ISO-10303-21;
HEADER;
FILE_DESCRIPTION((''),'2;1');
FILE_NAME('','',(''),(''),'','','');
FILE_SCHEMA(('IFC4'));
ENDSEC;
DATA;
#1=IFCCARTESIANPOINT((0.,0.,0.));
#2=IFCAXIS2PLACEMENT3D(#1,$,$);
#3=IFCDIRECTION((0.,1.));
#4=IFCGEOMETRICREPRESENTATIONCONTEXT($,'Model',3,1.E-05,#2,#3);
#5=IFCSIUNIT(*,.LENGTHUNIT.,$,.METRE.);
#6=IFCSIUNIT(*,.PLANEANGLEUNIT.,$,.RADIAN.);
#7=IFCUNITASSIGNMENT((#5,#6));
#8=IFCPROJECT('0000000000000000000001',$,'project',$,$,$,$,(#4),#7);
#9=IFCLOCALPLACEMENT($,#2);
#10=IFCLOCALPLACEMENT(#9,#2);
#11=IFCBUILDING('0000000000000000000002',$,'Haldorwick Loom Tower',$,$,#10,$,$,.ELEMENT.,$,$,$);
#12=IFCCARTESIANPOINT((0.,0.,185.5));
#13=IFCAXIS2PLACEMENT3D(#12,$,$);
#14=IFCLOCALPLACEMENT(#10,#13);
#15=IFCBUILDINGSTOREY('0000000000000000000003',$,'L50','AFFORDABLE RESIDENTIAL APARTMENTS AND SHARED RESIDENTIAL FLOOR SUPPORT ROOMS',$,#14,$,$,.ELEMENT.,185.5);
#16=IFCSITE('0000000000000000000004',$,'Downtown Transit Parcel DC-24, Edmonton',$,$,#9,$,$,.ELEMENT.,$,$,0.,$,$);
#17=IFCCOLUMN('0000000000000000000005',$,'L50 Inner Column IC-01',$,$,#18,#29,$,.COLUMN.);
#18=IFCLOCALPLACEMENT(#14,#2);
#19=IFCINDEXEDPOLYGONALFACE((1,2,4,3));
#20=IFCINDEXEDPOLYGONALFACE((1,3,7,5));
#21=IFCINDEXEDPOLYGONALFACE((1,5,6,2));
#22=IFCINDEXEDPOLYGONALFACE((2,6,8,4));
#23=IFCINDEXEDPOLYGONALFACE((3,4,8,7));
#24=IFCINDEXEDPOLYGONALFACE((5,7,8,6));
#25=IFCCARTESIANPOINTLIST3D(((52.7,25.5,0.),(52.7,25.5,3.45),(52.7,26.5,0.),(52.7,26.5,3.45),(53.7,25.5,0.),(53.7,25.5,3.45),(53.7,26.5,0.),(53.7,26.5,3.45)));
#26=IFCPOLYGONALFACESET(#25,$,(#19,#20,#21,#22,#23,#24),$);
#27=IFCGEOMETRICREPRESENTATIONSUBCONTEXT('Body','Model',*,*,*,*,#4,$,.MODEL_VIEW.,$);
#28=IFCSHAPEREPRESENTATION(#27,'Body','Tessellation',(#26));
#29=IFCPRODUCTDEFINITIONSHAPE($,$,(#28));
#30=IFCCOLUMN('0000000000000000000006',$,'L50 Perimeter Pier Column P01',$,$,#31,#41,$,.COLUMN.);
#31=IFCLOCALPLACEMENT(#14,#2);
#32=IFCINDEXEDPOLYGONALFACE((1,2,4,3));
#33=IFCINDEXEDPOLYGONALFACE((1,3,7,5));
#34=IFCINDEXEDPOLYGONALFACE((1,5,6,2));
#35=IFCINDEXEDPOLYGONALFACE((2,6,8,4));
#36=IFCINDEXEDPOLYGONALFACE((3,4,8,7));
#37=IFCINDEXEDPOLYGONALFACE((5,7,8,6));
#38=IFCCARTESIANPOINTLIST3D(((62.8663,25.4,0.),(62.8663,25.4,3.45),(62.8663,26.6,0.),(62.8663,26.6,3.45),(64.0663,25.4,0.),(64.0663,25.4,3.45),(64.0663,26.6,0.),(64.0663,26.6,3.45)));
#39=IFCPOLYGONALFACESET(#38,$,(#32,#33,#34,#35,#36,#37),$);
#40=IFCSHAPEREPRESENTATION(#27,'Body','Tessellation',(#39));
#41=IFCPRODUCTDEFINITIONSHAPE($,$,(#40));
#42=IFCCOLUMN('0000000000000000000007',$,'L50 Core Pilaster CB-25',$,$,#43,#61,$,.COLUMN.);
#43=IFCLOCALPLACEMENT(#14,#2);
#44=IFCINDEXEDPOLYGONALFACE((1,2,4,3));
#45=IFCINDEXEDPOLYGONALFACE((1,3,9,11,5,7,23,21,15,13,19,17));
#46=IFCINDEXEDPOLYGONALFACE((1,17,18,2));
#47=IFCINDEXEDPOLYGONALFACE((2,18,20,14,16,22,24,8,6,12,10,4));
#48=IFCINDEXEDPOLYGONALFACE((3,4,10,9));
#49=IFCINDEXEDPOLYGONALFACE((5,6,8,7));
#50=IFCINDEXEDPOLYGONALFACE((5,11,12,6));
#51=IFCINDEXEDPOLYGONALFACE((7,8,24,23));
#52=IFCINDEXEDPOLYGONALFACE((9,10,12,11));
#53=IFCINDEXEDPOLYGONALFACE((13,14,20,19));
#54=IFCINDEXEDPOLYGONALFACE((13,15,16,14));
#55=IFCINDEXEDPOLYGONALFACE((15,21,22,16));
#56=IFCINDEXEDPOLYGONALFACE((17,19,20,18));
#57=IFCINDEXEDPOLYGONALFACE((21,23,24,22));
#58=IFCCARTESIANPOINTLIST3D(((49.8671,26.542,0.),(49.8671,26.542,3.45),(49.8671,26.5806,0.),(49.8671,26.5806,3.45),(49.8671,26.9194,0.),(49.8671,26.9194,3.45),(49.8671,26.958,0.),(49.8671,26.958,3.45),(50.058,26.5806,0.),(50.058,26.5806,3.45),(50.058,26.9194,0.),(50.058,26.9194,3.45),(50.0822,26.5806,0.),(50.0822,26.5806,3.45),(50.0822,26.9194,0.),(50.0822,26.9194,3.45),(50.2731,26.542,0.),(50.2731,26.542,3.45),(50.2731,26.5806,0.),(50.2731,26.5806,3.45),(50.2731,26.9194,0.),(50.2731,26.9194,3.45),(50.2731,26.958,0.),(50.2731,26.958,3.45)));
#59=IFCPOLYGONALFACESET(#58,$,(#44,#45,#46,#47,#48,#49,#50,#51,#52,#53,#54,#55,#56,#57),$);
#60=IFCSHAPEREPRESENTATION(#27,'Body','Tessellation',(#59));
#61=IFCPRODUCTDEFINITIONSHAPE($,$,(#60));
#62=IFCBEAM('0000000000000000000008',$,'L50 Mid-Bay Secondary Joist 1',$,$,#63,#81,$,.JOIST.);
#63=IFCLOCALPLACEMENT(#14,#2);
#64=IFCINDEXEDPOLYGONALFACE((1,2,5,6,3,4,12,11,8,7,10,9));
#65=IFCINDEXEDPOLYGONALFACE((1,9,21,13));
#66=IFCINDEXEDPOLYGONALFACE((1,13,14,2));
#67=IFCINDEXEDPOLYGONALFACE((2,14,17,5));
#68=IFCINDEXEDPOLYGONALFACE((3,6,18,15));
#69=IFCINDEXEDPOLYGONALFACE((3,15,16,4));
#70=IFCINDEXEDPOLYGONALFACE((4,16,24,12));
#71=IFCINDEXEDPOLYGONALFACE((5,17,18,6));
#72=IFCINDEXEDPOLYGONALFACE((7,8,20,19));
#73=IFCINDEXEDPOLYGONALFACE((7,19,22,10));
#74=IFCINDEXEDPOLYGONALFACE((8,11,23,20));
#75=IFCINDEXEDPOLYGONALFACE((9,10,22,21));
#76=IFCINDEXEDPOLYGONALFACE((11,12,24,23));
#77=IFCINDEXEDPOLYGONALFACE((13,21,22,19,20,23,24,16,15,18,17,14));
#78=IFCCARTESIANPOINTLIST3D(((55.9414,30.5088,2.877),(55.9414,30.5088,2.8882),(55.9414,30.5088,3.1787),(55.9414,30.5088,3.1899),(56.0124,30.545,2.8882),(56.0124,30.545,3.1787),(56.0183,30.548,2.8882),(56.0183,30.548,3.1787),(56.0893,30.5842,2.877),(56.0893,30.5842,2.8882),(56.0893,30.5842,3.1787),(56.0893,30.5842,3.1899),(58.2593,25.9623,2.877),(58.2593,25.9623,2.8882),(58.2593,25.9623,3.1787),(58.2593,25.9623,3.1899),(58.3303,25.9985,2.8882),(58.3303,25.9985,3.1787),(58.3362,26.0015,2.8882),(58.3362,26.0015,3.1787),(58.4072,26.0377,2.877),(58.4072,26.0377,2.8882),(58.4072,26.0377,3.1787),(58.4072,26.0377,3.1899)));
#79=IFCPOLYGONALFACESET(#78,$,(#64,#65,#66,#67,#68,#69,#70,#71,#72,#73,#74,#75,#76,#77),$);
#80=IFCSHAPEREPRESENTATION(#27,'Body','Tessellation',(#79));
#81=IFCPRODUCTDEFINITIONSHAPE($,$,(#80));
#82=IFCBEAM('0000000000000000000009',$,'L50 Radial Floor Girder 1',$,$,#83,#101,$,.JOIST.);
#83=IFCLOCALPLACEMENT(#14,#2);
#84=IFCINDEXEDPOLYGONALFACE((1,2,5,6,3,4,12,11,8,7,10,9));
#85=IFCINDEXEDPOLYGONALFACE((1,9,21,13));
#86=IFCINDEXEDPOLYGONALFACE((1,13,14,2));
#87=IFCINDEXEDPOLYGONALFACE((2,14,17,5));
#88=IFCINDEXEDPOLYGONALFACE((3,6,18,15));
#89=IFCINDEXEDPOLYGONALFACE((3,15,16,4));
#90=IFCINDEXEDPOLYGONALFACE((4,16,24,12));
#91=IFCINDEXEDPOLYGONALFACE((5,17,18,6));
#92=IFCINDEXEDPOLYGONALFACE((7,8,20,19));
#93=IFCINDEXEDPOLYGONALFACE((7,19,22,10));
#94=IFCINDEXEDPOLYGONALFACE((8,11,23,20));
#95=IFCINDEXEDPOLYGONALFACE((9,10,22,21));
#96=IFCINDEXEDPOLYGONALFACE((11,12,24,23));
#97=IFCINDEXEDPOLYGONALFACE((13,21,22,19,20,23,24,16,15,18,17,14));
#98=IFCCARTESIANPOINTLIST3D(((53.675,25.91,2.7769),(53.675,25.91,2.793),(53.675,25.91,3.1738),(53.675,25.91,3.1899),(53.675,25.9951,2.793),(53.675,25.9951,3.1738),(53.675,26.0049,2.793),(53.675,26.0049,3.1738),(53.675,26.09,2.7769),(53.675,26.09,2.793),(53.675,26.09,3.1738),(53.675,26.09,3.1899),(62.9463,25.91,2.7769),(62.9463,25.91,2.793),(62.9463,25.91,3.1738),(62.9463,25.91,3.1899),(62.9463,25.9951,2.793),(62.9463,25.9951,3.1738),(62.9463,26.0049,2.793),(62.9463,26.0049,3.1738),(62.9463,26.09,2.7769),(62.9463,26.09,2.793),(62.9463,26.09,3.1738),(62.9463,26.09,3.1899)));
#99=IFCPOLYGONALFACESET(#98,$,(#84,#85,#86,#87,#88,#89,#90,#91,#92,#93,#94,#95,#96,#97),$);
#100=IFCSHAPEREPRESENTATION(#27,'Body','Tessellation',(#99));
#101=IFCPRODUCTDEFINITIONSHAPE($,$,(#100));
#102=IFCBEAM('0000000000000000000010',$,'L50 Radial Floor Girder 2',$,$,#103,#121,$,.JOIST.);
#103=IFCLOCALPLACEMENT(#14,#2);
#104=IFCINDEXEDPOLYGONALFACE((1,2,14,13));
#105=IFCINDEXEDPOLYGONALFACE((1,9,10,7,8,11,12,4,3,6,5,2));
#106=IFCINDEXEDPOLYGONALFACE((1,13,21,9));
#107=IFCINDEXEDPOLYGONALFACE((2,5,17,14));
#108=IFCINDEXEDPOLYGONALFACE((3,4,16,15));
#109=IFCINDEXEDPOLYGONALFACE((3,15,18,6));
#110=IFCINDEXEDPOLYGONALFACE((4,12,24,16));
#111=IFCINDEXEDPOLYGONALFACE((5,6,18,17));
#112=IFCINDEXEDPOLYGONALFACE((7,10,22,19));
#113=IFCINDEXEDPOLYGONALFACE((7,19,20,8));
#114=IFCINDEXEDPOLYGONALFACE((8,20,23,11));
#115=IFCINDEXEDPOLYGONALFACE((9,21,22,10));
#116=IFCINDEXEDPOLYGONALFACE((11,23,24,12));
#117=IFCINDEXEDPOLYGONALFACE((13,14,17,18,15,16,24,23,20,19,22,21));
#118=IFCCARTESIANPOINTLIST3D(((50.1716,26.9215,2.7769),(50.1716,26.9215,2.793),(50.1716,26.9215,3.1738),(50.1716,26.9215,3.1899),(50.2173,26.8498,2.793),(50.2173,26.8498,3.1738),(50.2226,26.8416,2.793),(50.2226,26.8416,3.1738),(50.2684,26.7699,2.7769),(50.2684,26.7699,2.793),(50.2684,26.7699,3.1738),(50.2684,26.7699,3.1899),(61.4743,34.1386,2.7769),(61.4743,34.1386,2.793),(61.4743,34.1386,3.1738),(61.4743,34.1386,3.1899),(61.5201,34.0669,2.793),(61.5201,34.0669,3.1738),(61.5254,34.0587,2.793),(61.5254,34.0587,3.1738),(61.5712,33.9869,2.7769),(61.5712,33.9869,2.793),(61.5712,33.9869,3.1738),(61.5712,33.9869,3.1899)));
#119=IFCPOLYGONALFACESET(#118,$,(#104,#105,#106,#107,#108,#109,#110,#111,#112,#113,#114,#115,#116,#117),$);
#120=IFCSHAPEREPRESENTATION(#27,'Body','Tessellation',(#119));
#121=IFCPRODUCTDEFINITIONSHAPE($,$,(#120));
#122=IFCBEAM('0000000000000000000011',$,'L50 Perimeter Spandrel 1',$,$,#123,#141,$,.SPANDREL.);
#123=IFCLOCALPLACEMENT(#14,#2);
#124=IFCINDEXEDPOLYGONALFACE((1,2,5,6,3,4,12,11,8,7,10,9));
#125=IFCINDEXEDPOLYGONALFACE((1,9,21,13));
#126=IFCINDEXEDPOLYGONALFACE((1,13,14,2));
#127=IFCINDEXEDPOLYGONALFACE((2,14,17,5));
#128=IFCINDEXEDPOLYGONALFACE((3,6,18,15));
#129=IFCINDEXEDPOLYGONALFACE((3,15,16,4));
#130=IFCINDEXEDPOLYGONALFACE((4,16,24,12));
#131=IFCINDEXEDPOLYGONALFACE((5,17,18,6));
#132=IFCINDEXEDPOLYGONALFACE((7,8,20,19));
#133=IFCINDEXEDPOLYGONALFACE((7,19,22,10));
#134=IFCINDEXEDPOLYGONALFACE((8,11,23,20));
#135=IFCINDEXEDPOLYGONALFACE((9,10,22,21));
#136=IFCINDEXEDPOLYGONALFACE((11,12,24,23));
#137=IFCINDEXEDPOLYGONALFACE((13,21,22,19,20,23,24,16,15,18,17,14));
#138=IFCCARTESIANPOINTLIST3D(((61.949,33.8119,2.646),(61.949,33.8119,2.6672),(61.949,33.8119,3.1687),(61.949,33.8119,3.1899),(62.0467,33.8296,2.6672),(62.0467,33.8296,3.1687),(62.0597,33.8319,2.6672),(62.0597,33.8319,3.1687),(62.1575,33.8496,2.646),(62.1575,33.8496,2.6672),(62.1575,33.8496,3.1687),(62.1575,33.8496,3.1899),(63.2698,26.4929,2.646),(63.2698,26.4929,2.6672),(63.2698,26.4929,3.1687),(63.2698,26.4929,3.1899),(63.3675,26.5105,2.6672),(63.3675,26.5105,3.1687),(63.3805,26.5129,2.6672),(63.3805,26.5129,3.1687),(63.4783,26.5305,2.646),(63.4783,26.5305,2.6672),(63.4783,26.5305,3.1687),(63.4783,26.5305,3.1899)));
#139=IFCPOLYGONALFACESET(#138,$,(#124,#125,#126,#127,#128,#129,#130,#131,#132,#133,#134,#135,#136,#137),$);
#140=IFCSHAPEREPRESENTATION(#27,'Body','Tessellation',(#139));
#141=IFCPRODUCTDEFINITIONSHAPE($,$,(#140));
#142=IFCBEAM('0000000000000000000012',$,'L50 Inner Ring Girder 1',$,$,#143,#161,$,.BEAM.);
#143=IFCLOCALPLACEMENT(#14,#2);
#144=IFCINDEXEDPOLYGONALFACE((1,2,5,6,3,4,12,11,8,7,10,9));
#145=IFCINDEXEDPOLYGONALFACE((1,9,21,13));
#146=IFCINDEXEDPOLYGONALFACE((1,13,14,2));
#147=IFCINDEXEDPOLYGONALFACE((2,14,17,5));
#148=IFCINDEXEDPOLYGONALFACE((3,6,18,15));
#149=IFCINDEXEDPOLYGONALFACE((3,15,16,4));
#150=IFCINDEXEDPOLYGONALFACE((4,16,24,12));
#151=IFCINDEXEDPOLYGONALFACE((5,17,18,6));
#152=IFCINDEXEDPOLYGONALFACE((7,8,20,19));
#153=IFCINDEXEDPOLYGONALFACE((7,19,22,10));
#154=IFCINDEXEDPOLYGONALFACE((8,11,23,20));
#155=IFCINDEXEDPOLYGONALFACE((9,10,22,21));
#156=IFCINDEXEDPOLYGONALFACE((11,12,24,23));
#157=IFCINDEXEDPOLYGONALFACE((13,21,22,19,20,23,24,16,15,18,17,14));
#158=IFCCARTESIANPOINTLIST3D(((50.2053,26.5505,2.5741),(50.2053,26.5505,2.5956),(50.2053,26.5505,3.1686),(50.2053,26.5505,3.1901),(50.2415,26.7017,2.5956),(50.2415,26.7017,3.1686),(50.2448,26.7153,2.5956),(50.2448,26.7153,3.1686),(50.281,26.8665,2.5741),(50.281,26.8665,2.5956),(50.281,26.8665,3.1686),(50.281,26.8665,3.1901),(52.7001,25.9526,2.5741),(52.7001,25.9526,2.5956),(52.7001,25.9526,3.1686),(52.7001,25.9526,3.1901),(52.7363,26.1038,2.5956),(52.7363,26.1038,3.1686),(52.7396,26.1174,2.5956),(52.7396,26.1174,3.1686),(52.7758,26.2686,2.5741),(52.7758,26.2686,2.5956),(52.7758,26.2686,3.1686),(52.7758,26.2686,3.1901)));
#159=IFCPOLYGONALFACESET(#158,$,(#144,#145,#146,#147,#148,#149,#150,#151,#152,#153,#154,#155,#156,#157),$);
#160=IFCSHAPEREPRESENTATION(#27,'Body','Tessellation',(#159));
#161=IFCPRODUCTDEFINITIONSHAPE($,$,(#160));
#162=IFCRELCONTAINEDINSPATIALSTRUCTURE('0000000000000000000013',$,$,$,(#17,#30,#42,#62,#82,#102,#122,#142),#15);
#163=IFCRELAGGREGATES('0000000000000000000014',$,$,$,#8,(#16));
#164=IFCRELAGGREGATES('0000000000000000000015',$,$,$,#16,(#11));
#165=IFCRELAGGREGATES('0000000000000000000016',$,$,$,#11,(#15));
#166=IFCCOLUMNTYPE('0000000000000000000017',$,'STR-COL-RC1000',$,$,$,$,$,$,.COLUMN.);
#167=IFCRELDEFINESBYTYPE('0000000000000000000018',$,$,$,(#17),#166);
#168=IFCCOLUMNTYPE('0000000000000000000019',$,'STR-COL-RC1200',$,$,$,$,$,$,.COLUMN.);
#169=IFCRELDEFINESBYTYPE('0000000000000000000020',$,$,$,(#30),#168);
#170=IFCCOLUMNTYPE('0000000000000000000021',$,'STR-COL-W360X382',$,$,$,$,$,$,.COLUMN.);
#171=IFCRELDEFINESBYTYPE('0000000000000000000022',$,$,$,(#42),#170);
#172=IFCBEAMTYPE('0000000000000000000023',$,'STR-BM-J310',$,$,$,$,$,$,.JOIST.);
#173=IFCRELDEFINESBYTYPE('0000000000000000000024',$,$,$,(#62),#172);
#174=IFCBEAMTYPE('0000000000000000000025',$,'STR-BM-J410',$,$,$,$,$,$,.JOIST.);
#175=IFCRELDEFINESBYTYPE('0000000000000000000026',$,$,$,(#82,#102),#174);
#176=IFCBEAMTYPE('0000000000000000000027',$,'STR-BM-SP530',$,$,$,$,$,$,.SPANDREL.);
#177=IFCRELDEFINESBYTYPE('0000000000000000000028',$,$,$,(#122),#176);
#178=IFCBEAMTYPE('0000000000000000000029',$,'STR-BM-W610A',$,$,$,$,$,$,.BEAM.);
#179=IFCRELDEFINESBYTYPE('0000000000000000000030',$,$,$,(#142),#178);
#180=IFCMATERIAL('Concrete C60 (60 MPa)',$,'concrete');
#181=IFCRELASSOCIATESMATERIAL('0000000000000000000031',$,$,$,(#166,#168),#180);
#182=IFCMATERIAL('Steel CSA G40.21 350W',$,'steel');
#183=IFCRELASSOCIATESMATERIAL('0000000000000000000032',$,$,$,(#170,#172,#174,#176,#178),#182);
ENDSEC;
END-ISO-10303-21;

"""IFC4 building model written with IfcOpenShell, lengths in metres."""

from ifc_helpers import new_model, si_unit, direction, frame, origin, origin_2d, place, context, subcontext, project, spatial, rectangle, i_section, extrude, material, material_profile, profile_set, type_object, element, save


model = new_model("IFC4")

# Units and contexts
model_context = context("Model", 3, precision=1e-05, world=origin(), true_north=direction((0.0, 1.0)))
body_context = subcontext(model_context, "Body", "Model", "MODEL_VIEW")
ifc_project = project(units=[si_unit("LENGTHUNIT", "METRE"), si_unit("PLANEANGLEUNIT", "RADIAN")], contexts=[model_context])

# Site, building, storey
site_placement = place(None, origin())
site = spatial("IfcSite", under=ifc_project, at=site_placement, Name="Downtown Transit Parcel DC-24, Edmonton", CompositionType="ELEMENT", RefElevation=0.0)
building_placement = place(site_placement, origin())
building = spatial("IfcBuilding", under=site, at=building_placement, Name="Haldorwick Loom Tower", CompositionType="ELEMENT")
storey_placement = place(building_placement, frame((0.0, 0.0, 185.5)))
storey = spatial("IfcBuildingStorey", under=building, at=storey_placement, Name="L50", Description="AFFORDABLE RESIDENTIAL APARTMENTS AND SHARED RESIDENTIAL FLOOR SUPPORT ROOMS", CompositionType="ELEMENT", Elevation=185.5)

# Columns
ifc_material_1 = material(Name="Concrete C60 (60 MPa)", Category="concrete")
ifc_material_profile_1 = material_profile(ifc_material_1, rectangle(XDim=1.0, YDim=1.0, at=origin_2d()), Name="RC1000X1000", Category="concrete")
ifc_profile_set_1 = profile_set([ifc_material_profile_1], Name="Concrete C60 (60 MPa)")
column_type_1 = type_object("IfcColumnType", Name="STR-COL-RC1000", PredefinedType="COLUMN", material=ifc_profile_set_1)
column_1_placement = place(storey_placement, frame((53.2, 26.0, 0.0), z_axis=(0.0, 0.0, 1.0), x_axis=(1.0, 0.0, 0.0)))
element("IfcColumn", 1, at=column_1_placement, inside=storey, type_object=column_type_1, Name="L50 Inner Column IC-01", PredefinedType="COLUMN", context=body_context, shape_type="SweptSolid", body=[
    extrude(rectangle(XDim=1.0, YDim=1.0, at=origin_2d()), origin(), (0.0, 0.0, 1.0), 3.45),
])
ifc_material_profile_2 = material_profile(ifc_material_1, rectangle(XDim=1.2, YDim=1.2, at=origin_2d()), Name="RC1200X1200", Category="concrete")
ifc_profile_set_2 = profile_set([ifc_material_profile_2], Name="Concrete C60 (60 MPa)")
column_type_2 = type_object("IfcColumnType", Name="STR-COL-RC1200", PredefinedType="COLUMN", material=ifc_profile_set_2)
column_2_placement = place(storey_placement, frame((63.4663, 26.0, 0.0), z_axis=(0.0, 0.0, 1.0), x_axis=(1.0, 0.0, 0.0)))
element("IfcColumn", 2, at=column_2_placement, inside=storey, type_object=column_type_2, Name="L50 Perimeter Pier Column P01", PredefinedType="COLUMN", context=body_context, shape_type="SweptSolid", body=[
    extrude(rectangle(XDim=1.2, YDim=1.2, at=origin_2d()), origin(), (0.0, 0.0, 1.0), 3.45),
])
ifc_material_2 = material(Name="Steel CSA G40.21 350W", Category="steel")
ifc_material_profile_3 = material_profile(ifc_material_2, i_section(OverallWidth=0.406, OverallDepth=0.416, WebThickness=0.0242, FlangeThickness=0.0386, at=origin_2d()), Name="W360X382", Category="steel")
ifc_profile_set_3 = profile_set([ifc_material_profile_3], Name="Steel CSA G40.21 350W")
column_type_3 = type_object("IfcColumnType", Name="STR-COL-W360X382", PredefinedType="COLUMN", material=ifc_profile_set_3)
column_3_placement = place(storey_placement, frame((50.0701, 26.75, 0.0), z_axis=(0.0, 0.0, 1.0), x_axis=(1.0, 0.0, 0.0)))
element("IfcColumn", 3, at=column_3_placement, inside=storey, type_object=column_type_3, Name="L50 Core Pilaster CB-25", PredefinedType="COLUMN", context=body_context, shape_type="SweptSolid", body=[
    extrude(i_section(OverallWidth=0.406, OverallDepth=0.416, WebThickness=0.0242, FlangeThickness=0.0386, at=origin_2d()), origin(), (0.0, 0.0, 1.0), 3.45),
])

# Beams
ifc_material_profile_4 = material_profile(ifc_material_2, i_section(OverallWidth=0.166, OverallDepth=0.313, WebThickness=0.0066, FlangeThickness=0.0112, at=origin_2d()), Name="W310X45", Category="steel")
ifc_profile_set_4 = profile_set([ifc_material_profile_4], Name="Steel CSA G40.21 350W")
beam_type_1 = type_object("IfcBeamType", Name="STR-BM-J310", PredefinedType="JOIST", material=ifc_profile_set_4)
beam_1_placement = place(storey_placement, frame((58.3333, 26.0, 3.0334), z_axis=(-0.454204, 0.890898, 0.0), x_axis=(-0.890898, -0.454204, 0.0)))
element("IfcBeam", 4, at=beam_1_placement, inside=storey, type_object=beam_type_1, Name="L50 Mid-Bay Secondary Joist 1", PredefinedType="JOIST", context=body_context, shape_type="SweptSolid", body=[
    extrude(i_section(OverallWidth=0.166, OverallDepth=0.313, WebThickness=0.0066, FlangeThickness=0.0112, at=origin_2d()), origin(), (0.0, 0.0, 1.0), 5.1033),
])
ifc_material_profile_5 = material_profile(ifc_material_2, i_section(OverallWidth=0.1799, OverallDepth=0.4131, WebThickness=0.0098, FlangeThickness=0.0161, at=origin_2d()), Name="W410X74", Category="steel")
ifc_profile_set_5 = profile_set([ifc_material_profile_5], Name="Steel CSA G40.21 350W")
beam_type_2 = type_object("IfcBeamType", Name="STR-BM-J410", PredefinedType="JOIST", material=ifc_profile_set_5)
beam_2_placement = place(storey_placement, frame((53.675, 26.0, 2.9834), z_axis=(1.0, 0.0, 0.0), x_axis=(0.0, 1.0, 0.0)))
element("IfcBeam", 5, at=beam_2_placement, inside=storey, type_object=beam_type_2, Name="L50 Radial Floor Girder 1", PredefinedType="JOIST", context=body_context, shape_type="SweptSolid", body=[
    extrude(i_section(OverallWidth=0.1799, OverallDepth=0.4131, WebThickness=0.0098, FlangeThickness=0.0161, at=origin_2d()), origin(), (0.0, 0.0, 1.0), 9.2712),
])
beam_3_placement = place(storey_placement, frame((50.22, 26.8457, 2.9834), z_axis=(0.842837, 0.538169, 0.0), x_axis=(-0.538169, 0.842837, 0.0)))
element("IfcBeam", 6, at=beam_3_placement, inside=storey, type_object=beam_type_2, Name="L50 Radial Floor Girder 2", PredefinedType="JOIST", context=body_context, shape_type="SweptSolid", body=[
    extrude(i_section(OverallWidth=0.1799, OverallDepth=0.4131, WebThickness=0.0098, FlangeThickness=0.0161, at=origin_2d()), origin(), (0.0, 0.0, 1.0), 13.4104),
])
ifc_material_profile_6 = material_profile(ifc_material_2, i_section(OverallWidth=0.2119, OverallDepth=0.5439, WebThickness=0.0132, FlangeThickness=0.0212, at=origin_2d()), Name="W530X123", Category="steel")
ifc_profile_set_6 = profile_set([ifc_material_profile_6], Name="Steel CSA G40.21 350W")
beam_type_3 = type_object("IfcBeamType", Name="STR-BM-SP530", PredefinedType="SPANDREL", material=ifc_profile_set_6)
beam_4_placement = place(storey_placement, frame((63.374, 26.5117, 2.918), z_axis=(-0.177591, 0.984104, 0.0), x_axis=(-0.984104, -0.177591, 0.0)))
element("IfcBeam", 7, at=beam_4_placement, inside=storey, type_object=beam_type_3, Name="L50 Perimeter Spandrel 1", PredefinedType="SPANDREL", context=body_context, shape_type="SweptSolid", body=[
    extrude(i_section(OverallWidth=0.2119, OverallDepth=0.5439, WebThickness=0.0132, FlangeThickness=0.0212, at=origin_2d()), origin(), (0.0, 0.0, 1.0), 7.4373),
])
ifc_material_profile_7 = material_profile(ifc_material_2, i_section(OverallWidth=0.325, OverallDepth=0.616, WebThickness=0.0139, FlangeThickness=0.0215, at=origin_2d()), Name="W610X174", Category="steel")
ifc_profile_set_7 = profile_set([ifc_material_profile_7], Name="Steel CSA G40.21 350W")
beam_type_4 = type_object("IfcBeamType", Name="STR-BM-W610A", PredefinedType="BEAM", material=ifc_profile_set_7)
beam_5_placement = place(storey_placement, frame((50.2432, 26.7085, 2.8821), z_axis=(0.972464, -0.233053, 0.0), x_axis=(0.233053, 0.972464, 0.0)))
element("IfcBeam", 8, at=beam_5_placement, inside=storey, type_object=beam_type_4, Name="L50 Inner Ring Girder 1", PredefinedType="BEAM", context=body_context, shape_type="SweptSolid", body=[
    extrude(i_section(OverallWidth=0.325, OverallDepth=0.616, WebThickness=0.0139, FlangeThickness=0.0215, at=origin_2d()), origin(), (0.0, 0.0, 1.0), 2.5654),
])

save(model, "model.ifc")
